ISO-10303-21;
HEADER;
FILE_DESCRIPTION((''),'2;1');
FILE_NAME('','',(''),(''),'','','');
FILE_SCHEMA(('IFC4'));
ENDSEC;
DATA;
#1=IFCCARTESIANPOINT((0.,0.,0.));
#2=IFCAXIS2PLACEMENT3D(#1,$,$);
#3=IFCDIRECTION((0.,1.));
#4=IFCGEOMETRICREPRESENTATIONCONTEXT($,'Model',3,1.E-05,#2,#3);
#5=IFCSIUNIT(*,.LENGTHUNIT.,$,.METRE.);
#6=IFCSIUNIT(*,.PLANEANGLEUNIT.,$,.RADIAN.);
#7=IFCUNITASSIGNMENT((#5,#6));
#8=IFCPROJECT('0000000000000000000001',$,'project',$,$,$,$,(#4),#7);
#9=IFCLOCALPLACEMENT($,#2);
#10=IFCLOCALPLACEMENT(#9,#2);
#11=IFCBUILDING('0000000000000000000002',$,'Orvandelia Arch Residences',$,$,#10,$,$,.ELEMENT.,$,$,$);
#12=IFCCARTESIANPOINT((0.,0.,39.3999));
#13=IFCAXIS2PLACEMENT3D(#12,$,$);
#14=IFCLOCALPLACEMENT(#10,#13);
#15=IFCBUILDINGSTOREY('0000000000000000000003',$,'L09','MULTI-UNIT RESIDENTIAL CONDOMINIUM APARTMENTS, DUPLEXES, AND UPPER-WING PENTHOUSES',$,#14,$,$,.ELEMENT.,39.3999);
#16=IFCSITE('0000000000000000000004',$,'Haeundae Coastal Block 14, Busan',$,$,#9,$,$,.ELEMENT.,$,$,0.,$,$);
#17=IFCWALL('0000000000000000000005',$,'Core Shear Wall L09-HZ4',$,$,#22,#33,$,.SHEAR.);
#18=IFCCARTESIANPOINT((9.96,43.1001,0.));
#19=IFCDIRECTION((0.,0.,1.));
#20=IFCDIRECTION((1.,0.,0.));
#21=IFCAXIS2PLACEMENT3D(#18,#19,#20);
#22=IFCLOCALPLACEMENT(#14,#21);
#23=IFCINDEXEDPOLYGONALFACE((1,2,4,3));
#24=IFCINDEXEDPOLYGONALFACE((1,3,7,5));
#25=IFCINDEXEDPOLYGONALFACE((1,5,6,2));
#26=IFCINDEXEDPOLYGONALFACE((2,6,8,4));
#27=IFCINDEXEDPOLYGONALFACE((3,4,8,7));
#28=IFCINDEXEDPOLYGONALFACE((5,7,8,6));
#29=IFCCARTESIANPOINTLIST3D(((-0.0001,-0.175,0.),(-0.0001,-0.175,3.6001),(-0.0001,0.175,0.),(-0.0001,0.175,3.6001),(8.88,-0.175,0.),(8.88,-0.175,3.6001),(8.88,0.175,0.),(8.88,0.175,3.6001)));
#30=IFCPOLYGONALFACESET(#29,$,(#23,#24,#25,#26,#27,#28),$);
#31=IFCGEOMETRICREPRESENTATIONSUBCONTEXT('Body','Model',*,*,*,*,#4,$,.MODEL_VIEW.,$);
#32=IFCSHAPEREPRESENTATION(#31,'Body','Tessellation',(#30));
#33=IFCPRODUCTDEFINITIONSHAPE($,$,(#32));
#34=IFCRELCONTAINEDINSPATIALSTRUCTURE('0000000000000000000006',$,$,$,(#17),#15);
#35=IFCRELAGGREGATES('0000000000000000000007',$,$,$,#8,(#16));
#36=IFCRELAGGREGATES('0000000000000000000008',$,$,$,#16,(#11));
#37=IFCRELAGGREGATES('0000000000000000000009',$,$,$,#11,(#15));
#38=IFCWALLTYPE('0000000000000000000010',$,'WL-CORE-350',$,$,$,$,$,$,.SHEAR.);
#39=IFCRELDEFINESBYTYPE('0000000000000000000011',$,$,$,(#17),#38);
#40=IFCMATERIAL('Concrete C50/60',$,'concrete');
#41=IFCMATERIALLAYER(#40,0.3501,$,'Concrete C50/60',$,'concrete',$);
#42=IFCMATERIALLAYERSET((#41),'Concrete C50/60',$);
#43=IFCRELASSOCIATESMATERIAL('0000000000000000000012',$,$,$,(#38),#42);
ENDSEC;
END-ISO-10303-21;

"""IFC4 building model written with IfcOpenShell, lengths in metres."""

from ifc_helpers import new_model, si_unit, direction, frame, frame_2d, origin, place, context, subcontext, project, spatial, rectangle, extrude, material, layer, layer_set, type_object, element, save


model = new_model("IFC4")

# Units and contexts
model_context = context("Model", 3, precision=1e-05, world=origin(), true_north=direction((0.0, 1.0)))
body_context = subcontext(model_context, "Body", "Model", "MODEL_VIEW")
ifc_project = project(units=[si_unit("LENGTHUNIT", "METRE"), si_unit("PLANEANGLEUNIT", "RADIAN")], contexts=[model_context])

# Site, building, storey
site_placement = place(None, origin())
site = spatial("IfcSite", under=ifc_project, at=site_placement, Name="Haeundae Coastal Block 14, Busan", CompositionType="ELEMENT", RefElevation=0.0)
building_placement = place(site_placement, origin())
building = spatial("IfcBuilding", under=site, at=building_placement, Name="Orvandelia Arch Residences", CompositionType="ELEMENT")
storey_placement = place(building_placement, frame((0.0, 0.0, 39.3999)))
storey = spatial("IfcBuildingStorey", under=building, at=storey_placement, Name="L09", Description="MULTI-UNIT RESIDENTIAL CONDOMINIUM APARTMENTS, DUPLEXES, AND UPPER-WING PENTHOUSES", CompositionType="ELEMENT", Elevation=39.3999)

# Wall
ifc_material_1 = material(Name="Concrete C50/60", Category="concrete")
ifc_layer_1 = layer(ifc_material_1, 0.3501, Name="Concrete C50/60", Category="concrete")
ifc_layer_set_1 = layer_set([ifc_layer_1], Name="Concrete C50/60")
wall_type_1 = type_object("IfcWallType", Name="WL-CORE-350", PredefinedType="SHEAR", material=ifc_layer_set_1)
wall_1_placement = place(storey_placement, frame((9.96, 43.1001, 0.0), z_axis=(0.0, 0.0, 1.0), x_axis=(1.0, 0.0, 0.0)))
element("IfcWall", 1, at=wall_1_placement, inside=storey, type_object=wall_type_1, Name="Core Shear Wall L09-HZ4", PredefinedType="SHEAR", context=body_context, shape_type="SweptSolid", body=[
    extrude(rectangle(XDim=8.8801, YDim=0.3501, at=frame_2d((4.4399, 0.0))), origin(), (0.0, 0.0, 1.0), 3.6001),
])

save(model, "model.ifc")
